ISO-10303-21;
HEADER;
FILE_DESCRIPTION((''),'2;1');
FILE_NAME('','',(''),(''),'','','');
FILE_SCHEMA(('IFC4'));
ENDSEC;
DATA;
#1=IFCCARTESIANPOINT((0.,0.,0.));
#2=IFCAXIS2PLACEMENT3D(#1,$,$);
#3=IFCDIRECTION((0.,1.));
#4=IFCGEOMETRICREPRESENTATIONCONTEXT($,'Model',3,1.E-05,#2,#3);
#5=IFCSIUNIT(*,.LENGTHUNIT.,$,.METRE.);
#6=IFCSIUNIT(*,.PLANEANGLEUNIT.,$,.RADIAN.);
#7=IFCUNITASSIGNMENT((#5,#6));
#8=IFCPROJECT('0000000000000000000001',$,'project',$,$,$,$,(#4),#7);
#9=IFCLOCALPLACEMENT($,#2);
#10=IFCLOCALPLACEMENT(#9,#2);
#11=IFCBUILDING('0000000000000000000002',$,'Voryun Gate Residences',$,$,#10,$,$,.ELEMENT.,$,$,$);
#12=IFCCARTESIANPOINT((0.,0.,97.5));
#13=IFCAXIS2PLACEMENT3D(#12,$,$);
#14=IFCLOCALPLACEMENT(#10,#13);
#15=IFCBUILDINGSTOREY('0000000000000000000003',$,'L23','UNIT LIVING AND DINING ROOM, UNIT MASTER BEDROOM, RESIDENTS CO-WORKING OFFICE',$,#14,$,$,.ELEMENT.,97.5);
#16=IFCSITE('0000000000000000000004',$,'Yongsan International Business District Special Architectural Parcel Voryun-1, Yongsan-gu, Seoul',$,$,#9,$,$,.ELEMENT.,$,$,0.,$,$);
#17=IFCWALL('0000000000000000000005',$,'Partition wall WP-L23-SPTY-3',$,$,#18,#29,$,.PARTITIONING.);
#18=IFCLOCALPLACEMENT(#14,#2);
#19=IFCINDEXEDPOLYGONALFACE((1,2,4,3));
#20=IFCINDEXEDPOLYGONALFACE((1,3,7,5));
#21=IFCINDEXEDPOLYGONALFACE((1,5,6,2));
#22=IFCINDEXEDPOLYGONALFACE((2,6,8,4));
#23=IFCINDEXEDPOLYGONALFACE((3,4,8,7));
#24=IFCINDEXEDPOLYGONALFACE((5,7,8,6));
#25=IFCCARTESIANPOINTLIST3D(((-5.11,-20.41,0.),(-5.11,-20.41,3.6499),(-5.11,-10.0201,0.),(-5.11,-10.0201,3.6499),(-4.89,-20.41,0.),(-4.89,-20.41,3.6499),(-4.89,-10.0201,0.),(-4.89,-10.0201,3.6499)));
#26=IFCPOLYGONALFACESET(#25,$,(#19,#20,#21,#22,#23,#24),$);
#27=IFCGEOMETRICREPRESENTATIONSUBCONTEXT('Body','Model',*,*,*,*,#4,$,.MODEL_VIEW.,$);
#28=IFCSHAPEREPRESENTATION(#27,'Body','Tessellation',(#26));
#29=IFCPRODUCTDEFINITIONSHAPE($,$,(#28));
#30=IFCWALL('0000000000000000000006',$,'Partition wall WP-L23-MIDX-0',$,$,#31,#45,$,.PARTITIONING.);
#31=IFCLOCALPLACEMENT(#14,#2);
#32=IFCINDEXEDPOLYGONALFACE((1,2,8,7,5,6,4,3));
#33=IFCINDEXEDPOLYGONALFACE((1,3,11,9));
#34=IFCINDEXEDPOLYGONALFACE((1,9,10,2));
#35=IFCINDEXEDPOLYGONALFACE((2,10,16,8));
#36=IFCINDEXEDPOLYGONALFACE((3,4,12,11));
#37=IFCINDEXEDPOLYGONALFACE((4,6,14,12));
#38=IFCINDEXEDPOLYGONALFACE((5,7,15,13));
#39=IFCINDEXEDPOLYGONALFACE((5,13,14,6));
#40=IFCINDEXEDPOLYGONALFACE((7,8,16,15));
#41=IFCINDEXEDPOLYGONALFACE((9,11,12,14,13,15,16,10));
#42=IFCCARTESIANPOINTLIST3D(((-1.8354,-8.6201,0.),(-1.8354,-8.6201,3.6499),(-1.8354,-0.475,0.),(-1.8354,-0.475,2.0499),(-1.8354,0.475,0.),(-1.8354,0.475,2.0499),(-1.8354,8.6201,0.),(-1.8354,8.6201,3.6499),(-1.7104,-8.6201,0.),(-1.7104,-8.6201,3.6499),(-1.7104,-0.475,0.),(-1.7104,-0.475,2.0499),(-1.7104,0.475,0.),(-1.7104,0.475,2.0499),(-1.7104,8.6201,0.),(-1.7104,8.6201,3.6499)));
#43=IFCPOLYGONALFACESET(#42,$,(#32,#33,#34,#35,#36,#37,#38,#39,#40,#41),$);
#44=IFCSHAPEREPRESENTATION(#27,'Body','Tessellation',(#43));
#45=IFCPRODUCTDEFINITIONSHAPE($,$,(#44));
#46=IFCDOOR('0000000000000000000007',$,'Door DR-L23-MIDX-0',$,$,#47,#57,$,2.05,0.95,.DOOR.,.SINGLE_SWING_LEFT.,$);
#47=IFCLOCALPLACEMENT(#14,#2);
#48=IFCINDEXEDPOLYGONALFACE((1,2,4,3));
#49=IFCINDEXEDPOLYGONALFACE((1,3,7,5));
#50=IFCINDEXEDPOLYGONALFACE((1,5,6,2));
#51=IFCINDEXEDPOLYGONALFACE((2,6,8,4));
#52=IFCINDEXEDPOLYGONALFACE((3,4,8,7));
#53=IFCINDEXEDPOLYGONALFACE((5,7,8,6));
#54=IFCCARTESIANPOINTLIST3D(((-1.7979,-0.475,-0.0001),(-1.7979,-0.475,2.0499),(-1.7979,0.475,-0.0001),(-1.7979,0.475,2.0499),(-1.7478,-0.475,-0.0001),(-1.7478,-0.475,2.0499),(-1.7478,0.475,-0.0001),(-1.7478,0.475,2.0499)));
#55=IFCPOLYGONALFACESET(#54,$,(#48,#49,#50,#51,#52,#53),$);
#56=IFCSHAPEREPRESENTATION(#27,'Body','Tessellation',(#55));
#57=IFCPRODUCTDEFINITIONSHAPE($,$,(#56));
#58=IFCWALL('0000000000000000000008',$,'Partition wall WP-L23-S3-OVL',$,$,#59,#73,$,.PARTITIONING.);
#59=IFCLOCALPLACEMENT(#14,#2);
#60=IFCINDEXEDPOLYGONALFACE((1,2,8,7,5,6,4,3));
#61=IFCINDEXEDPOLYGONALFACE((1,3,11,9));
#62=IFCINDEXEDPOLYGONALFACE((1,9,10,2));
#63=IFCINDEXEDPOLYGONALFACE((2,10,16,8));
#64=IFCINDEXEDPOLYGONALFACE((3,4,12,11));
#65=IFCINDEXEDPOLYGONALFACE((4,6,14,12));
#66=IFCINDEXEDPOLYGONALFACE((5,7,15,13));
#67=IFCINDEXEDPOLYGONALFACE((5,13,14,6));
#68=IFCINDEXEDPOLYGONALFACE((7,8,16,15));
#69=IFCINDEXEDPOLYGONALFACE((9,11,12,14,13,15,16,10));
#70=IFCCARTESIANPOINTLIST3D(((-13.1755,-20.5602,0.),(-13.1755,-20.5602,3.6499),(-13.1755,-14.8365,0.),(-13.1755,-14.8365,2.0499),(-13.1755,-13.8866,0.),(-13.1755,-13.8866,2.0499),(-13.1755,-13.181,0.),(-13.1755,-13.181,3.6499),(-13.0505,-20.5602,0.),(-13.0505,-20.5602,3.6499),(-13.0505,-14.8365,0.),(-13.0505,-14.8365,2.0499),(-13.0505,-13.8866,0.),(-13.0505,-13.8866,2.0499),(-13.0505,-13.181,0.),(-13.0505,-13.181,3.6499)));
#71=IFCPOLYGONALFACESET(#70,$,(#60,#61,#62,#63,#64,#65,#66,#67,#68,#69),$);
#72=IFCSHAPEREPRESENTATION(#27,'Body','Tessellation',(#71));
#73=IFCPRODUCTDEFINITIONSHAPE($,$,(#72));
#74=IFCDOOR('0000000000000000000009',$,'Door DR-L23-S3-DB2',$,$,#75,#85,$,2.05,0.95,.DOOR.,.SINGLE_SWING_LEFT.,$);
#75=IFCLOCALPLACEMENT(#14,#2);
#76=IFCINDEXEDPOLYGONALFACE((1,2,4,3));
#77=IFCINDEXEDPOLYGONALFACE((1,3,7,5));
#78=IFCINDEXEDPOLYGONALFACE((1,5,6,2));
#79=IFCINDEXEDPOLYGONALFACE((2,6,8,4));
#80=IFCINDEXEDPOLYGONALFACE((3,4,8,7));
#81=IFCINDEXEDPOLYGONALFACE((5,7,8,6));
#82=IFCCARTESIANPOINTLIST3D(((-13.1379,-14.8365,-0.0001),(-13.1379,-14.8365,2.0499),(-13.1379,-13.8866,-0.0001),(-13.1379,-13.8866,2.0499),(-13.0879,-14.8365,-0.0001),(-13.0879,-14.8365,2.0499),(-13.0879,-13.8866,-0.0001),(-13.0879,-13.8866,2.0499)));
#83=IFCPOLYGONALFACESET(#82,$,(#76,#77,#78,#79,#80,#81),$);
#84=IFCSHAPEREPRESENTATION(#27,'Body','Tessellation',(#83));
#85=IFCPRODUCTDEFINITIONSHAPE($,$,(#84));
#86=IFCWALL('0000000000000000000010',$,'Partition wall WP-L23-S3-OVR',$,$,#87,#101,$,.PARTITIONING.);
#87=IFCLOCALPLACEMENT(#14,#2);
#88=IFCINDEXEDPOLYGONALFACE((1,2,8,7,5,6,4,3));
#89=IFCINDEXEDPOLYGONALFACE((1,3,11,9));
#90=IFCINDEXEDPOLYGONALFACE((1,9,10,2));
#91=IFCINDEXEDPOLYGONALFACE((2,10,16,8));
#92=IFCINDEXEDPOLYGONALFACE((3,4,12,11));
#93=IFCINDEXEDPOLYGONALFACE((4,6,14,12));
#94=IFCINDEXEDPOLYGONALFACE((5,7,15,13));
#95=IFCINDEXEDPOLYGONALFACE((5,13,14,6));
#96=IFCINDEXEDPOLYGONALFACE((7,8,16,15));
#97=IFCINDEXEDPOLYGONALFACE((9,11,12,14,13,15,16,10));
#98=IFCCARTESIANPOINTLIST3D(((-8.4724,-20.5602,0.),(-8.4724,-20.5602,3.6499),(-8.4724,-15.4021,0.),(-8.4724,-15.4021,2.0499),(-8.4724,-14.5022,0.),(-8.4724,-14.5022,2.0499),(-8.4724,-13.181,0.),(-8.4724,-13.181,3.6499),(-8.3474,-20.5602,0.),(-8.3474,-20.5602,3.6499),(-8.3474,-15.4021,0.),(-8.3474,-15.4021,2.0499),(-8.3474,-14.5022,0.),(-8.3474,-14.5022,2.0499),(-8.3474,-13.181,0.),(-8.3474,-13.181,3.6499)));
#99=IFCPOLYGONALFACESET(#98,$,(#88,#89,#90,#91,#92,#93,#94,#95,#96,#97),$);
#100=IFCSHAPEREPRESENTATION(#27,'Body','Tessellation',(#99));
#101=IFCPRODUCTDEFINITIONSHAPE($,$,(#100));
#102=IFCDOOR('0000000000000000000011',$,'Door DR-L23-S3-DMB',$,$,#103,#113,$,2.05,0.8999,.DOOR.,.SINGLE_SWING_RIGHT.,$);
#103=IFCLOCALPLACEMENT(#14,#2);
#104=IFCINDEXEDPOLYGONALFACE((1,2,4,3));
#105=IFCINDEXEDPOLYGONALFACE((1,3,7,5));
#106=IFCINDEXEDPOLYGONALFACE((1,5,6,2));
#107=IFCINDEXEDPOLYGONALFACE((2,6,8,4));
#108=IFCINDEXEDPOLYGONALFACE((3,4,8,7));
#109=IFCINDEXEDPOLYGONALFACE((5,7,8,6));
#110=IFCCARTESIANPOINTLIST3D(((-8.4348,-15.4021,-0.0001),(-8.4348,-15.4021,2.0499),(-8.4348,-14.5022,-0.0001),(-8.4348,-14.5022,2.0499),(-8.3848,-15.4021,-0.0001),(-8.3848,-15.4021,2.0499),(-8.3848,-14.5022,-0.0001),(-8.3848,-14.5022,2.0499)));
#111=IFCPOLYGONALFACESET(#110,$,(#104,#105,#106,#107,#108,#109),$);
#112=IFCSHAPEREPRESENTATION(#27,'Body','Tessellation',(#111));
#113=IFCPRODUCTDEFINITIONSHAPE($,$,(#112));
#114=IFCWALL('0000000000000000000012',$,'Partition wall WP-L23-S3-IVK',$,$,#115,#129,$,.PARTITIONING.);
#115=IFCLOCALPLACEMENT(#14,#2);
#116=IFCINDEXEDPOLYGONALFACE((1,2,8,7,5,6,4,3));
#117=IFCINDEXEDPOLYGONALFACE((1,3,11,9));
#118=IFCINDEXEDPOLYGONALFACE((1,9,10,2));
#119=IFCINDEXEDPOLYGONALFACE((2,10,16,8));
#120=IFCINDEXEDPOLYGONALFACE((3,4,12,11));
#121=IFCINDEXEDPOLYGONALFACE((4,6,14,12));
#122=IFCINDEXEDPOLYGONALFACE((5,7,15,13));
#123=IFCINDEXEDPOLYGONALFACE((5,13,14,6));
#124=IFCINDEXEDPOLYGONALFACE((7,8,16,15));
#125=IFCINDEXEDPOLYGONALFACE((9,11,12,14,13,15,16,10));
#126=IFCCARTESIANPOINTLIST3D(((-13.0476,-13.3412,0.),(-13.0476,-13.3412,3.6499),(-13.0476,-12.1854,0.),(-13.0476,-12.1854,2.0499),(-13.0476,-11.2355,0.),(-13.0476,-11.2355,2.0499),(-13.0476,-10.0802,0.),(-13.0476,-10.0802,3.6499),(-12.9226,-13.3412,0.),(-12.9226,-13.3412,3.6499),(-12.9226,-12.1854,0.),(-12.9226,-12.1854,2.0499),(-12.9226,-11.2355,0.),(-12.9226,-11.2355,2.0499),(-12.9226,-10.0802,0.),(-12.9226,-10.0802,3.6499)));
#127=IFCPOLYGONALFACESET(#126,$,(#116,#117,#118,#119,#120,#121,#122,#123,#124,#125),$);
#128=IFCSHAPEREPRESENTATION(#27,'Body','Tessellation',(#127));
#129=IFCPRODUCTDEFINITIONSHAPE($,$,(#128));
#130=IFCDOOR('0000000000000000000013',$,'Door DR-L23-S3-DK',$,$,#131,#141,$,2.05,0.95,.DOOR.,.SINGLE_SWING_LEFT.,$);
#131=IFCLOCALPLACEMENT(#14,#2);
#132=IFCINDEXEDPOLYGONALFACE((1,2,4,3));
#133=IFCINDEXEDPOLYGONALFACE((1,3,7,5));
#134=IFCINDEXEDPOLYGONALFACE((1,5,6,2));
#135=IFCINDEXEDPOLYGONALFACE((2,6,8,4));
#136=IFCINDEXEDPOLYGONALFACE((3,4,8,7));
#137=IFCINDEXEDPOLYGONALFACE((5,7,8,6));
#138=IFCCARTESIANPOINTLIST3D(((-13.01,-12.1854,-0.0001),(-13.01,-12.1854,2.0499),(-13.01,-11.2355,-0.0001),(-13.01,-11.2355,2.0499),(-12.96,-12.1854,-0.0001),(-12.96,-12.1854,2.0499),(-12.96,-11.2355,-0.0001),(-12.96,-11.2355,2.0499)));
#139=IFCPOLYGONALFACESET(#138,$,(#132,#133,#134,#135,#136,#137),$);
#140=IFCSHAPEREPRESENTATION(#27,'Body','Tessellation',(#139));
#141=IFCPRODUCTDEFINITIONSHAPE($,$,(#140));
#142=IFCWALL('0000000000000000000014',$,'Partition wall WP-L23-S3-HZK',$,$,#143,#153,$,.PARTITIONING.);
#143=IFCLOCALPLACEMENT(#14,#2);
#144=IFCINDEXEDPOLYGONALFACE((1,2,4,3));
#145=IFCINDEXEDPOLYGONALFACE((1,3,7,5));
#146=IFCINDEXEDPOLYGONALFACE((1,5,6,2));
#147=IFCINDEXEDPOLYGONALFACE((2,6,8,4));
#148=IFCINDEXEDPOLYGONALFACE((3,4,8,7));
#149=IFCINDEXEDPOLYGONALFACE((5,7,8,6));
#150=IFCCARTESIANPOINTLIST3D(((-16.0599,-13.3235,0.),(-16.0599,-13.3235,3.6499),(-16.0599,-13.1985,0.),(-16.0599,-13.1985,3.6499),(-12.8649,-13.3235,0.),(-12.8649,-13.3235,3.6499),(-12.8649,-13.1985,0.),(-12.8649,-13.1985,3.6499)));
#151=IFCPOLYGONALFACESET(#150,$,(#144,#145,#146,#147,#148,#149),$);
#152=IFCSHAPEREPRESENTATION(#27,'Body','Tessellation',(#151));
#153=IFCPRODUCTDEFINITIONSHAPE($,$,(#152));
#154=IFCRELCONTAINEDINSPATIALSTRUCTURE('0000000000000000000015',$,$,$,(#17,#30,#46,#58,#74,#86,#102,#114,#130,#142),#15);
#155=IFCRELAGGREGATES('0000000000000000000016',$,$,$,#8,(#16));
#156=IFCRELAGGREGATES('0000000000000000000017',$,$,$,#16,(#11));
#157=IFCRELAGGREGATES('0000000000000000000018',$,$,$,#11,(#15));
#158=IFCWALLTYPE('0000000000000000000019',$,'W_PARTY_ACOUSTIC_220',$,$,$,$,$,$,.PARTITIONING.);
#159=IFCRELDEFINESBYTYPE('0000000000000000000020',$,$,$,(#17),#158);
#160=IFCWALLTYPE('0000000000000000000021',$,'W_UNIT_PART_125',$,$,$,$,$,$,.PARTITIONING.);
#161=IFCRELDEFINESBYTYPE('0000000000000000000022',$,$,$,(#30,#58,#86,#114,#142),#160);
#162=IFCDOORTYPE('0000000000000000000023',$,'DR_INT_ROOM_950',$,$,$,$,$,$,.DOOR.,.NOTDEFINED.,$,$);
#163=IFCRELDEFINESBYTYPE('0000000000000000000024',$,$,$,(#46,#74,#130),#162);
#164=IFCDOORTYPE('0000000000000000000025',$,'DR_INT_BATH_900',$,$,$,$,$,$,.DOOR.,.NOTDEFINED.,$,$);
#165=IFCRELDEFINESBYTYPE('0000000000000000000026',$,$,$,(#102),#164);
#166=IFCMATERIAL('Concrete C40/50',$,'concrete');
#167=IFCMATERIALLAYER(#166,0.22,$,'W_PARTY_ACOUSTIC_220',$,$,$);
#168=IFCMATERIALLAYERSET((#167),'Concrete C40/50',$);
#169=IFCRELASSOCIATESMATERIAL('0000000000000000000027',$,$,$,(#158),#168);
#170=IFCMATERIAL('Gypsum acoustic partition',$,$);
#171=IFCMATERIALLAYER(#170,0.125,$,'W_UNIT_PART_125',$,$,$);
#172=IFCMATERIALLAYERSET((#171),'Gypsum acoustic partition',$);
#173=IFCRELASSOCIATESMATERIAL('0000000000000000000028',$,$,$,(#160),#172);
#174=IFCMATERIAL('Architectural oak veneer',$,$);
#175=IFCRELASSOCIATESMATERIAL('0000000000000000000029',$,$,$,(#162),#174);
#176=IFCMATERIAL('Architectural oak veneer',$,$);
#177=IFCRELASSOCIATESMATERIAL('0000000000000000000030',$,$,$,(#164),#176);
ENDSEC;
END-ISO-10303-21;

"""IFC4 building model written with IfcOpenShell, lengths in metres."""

from ifc_helpers import new_model, si_unit, direction, frame, frame_2d, origin, place, context, subcontext, project, spatial, rectangle, extrude, material, layer, layer_set, type_object, element, fill, save


model = new_model("IFC4")

# Units and contexts
model_context = context("Model", 3, precision=1e-05, world=origin(), true_north=direction((0.0, 1.0)))
body_context = subcontext(model_context, "Body", "Model", "MODEL_VIEW")
ifc_project = project(units=[si_unit("LENGTHUNIT", "METRE"), si_unit("PLANEANGLEUNIT", "RADIAN")], contexts=[model_context])

# Site, building, storey
site_placement = place(None, origin())
site = spatial("IfcSite", under=ifc_project, at=site_placement, Name="Yongsan International Business District Special Architectural Parcel Voryun-1, Yongsan-gu, Seoul", CompositionType="ELEMENT", RefElevation=0.0)
building_placement = place(site_placement, origin())
building = spatial("IfcBuilding", under=site, at=building_placement, Name="Voryun Gate Residences", CompositionType="ELEMENT")
storey_placement = place(building_placement, frame((0.0, 0.0, 97.5)))
storey = spatial("IfcBuildingStorey", under=building, at=storey_placement, Name="L23", Description="UNIT LIVING AND DINING ROOM, UNIT MASTER BEDROOM, RESIDENTS CO-WORKING OFFICE", CompositionType="ELEMENT", Elevation=97.5)

# Wall
ifc_material_1 = material(Name="Concrete C40/50", Category="concrete")
ifc_layer_1 = layer(ifc_material_1, 0.22, Name="W_PARTY_ACOUSTIC_220")
ifc_layer_set_1 = layer_set([ifc_layer_1], Name="Concrete C40/50")
wall_type_1 = type_object("IfcWallType", Name="W_PARTY_ACOUSTIC_220", PredefinedType="PARTITIONING", material=ifc_layer_set_1)
for number, where, z_axis, x_axis, name in (
    (1, (-5.0, -20.4099, 0.0), (0.0, 0.0, 1.0), (0.0, 1.0, 0.0), "Partition wall WP-L23-SPTY-3"),
):
    element("IfcWall", number, at=place(storey_placement, frame(where, z_axis=z_axis, x_axis=x_axis)), inside=storey, type_object=wall_type_1, Name=name, PredefinedType="PARTITIONING", context=body_context, shape_type="SweptSolid", body=[
        extrude(rectangle(XDim=10.3899, YDim=0.22, at=frame_2d((5.1948, 0.0))), origin(), (0.0, 0.0, 1.0), 3.6499),
    ])

# Walls, openings, doors
ifc_material_2 = material(Name="Gypsum acoustic partition")
ifc_layer_2 = layer(ifc_material_2, 0.125, Name="W_UNIT_PART_125")
ifc_layer_set_2 = layer_set([ifc_layer_2], Name="Gypsum acoustic partition")
wall_type_2 = type_object("IfcWallType", Name="W_UNIT_PART_125", PredefinedType="PARTITIONING", material=ifc_layer_set_2)
wall_1_placement = place(storey_placement, frame((-1.7729, -8.6201, 0.0), z_axis=(0.0, 0.0, 1.0), x_axis=(0.0, 1.0, 0.0)))
wall_1 = element("IfcWall", 2, at=wall_1_placement, inside=storey, type_object=wall_type_2, Name="Partition wall WP-L23-MIDX-0", PredefinedType="PARTITIONING", context=body_context, shape_type="SweptSolid", body=[
    extrude(rectangle(XDim=17.2402, YDim=0.125, at=frame_2d((8.6201, 0.0))), origin(), (0.0, 0.0, 1.0), 3.6499),
])
opening_1_placement = place(wall_1_placement, frame((8.145, 0.0, 0.0)))
opening_1 = element("IfcOpeningElement", 3, at=opening_1_placement, cuts=wall_1, PredefinedType="OPENING", context=body_context, shape_type="SweptSolid", body=[
    extrude(rectangle(XDim=0.95, YDim=2.05, at=frame_2d((0.4751, 1.0249))), frame((0.0, 0.0725, 0.0), z_axis=(0.0, -1.0, 0.0), x_axis=(1.0, 0.0, 0.0)), (0.0, 0.0, 1.0), 0.145),
])
ifc_material_3 = material(Name="Architectural oak veneer")
door_type_1 = type_object("IfcDoorType", Name="DR_INT_ROOM_950", OperationType="NOTDEFINED", PredefinedType="DOOR", material=ifc_material_3)
door_1_placement = place(opening_1_placement, origin())
door_1 = element("IfcDoor", 4, at=door_1_placement, inside=storey, type_object=door_type_1, Name="Door DR-L23-MIDX-0", OperationType="SINGLE_SWING_LEFT", OverallHeight=2.05, OverallWidth=0.95, PredefinedType="DOOR", context=body_context, shape_type="SweptSolid", body=[
    extrude(rectangle(XDim=0.95, YDim=2.05, at=frame_2d((0.4751, 1.0249))), frame((0.0, 0.0249, 0.0), z_axis=(0.0, -1.0, 0.0), x_axis=(1.0, 0.0, 0.0)), (0.0, 0.0, 1.0), 0.05),
])
fill(opening_1, door_1)
wall_2_placement = place(storey_placement, frame((-13.113, -20.5601, 0.0), z_axis=(0.0, 0.0, 1.0), x_axis=(0.0, 1.0, 0.0)))
wall_2 = element("IfcWall", 5, at=wall_2_placement, inside=storey, type_object=wall_type_2, Name="Partition wall WP-L23-S3-OVL", PredefinedType="PARTITIONING", context=body_context, shape_type="SweptSolid", body=[
    extrude(rectangle(XDim=7.3792, YDim=0.125, at=frame_2d((3.6895, 0.0))), origin(), (0.0, 0.0, 1.0), 3.6499),
])
opening_2_placement = place(wall_2_placement, frame((5.7234, 0.0, 0.0)))
opening_2 = element("IfcOpeningElement", 6, at=opening_2_placement, cuts=wall_2, PredefinedType="OPENING", context=body_context, shape_type="SweptSolid", body=[
    extrude(rectangle(XDim=0.95, YDim=2.05, at=frame_2d((0.4751, 1.0249))), frame((0.0, 0.0725, 0.0), z_axis=(0.0, -1.0, 0.0), x_axis=(1.0, 0.0, 0.0)), (0.0, 0.0, 1.0), 0.145),
])
door_2_placement = place(opening_2_placement, origin())
door_2 = element("IfcDoor", 7, at=door_2_placement, inside=storey, type_object=door_type_1, Name="Door DR-L23-S3-DB2", OperationType="SINGLE_SWING_LEFT", OverallHeight=2.05, OverallWidth=0.95, PredefinedType="DOOR", context=body_context, shape_type="SweptSolid", body=[
    extrude(rectangle(XDim=0.95, YDim=2.05, at=frame_2d((0.4751, 1.0249))), frame((0.0, 0.0249, 0.0), z_axis=(0.0, -1.0, 0.0), x_axis=(1.0, 0.0, 0.0)), (0.0, 0.0, 1.0), 0.05),
])
fill(opening_2, door_2)
wall_3_placement = place(storey_placement, frame((-8.4099, -20.5601, 0.0), z_axis=(0.0, 0.0, 1.0), x_axis=(0.0, 1.0, 0.0)))
wall_3 = element("IfcWall", 8, at=wall_3_placement, inside=storey, type_object=wall_type_2, Name="Partition wall WP-L23-S3-OVR", PredefinedType="PARTITIONING", context=body_context, shape_type="SweptSolid", body=[
    extrude(rectangle(XDim=7.3792, YDim=0.125, at=frame_2d((3.6895, 0.0))), origin(), (0.0, 0.0, 1.0), 3.6499),
])
opening_3_placement = place(wall_3_placement, frame((5.158, 0.0, 0.0)))
opening_3 = element("IfcOpeningElement", 9, at=opening_3_placement, cuts=wall_3, PredefinedType="OPENING", context=body_context, shape_type="SweptSolid", body=[
    extrude(rectangle(XDim=0.8999, YDim=2.05, at=frame_2d((0.45, 1.0249))), frame((0.0, 0.0725, 0.0), z_axis=(0.0, -1.0, 0.0), x_axis=(1.0, 0.0, 0.0)), (0.0, 0.0, 1.0), 0.145),
])
ifc_material_4 = material(Name="Architectural oak veneer")
door_type_2 = type_object("IfcDoorType", Name="DR_INT_BATH_900", OperationType="NOTDEFINED", PredefinedType="DOOR", material=ifc_material_4)
door_3_placement = place(opening_3_placement, origin())
door_3 = element("IfcDoor", 10, at=door_3_placement, inside=storey, type_object=door_type_2, Name="Door DR-L23-S3-DMB", OperationType="SINGLE_SWING_RIGHT", OverallHeight=2.05, OverallWidth=0.8999, PredefinedType="DOOR", context=body_context, shape_type="SweptSolid", body=[
    extrude(rectangle(XDim=0.8999, YDim=2.05, at=frame_2d((0.45, 1.0249))), frame((0.0, 0.0249, 0.0), z_axis=(0.0, -1.0, 0.0), x_axis=(1.0, 0.0, 0.0)), (0.0, 0.0, 1.0), 0.05),
])
fill(opening_3, door_3)
wall_4_placement = place(storey_placement, frame((-12.9851, -13.3411, 0.0), z_axis=(0.0, 0.0, 1.0), x_axis=(0.0, 1.0, 0.0)))
wall_4 = element("IfcWall", 11, at=wall_4_placement, inside=storey, type_object=wall_type_2, Name="Partition wall WP-L23-S3-IVK", PredefinedType="PARTITIONING", context=body_context, shape_type="SweptSolid", body=[
    extrude(rectangle(XDim=3.261, YDim=0.125, at=frame_2d((1.6304, 0.0))), origin(), (0.0, 0.0, 1.0), 3.6499),
])
opening_4_placement = place(wall_4_placement, frame((1.1555, 0.0, 0.0)))
opening_4 = element("IfcOpeningElement", 12, at=opening_4_placement, cuts=wall_4, PredefinedType="OPENING", context=body_context, shape_type="SweptSolid", body=[
    extrude(rectangle(XDim=0.95, YDim=2.05, at=frame_2d((0.4751, 1.0249))), frame((0.0, 0.0725, 0.0), z_axis=(0.0, -1.0, 0.0), x_axis=(1.0, 0.0, 0.0)), (0.0, 0.0, 1.0), 0.145),
])
door_4_placement = place(opening_4_placement, origin())
door_4 = element("IfcDoor", 13, at=door_4_placement, inside=storey, type_object=door_type_1, Name="Door DR-L23-S3-DK", OperationType="SINGLE_SWING_LEFT", OverallHeight=2.05, OverallWidth=0.95, PredefinedType="DOOR", context=body_context, shape_type="SweptSolid", body=[
    extrude(rectangle(XDim=0.95, YDim=2.05, at=frame_2d((0.4751, 1.0249))), frame((0.0, 0.0249, 0.0), z_axis=(0.0, -1.0, 0.0), x_axis=(1.0, 0.0, 0.0)), (0.0, 0.0, 1.0), 0.05),
])
fill(opening_4, door_4)

# Wall
wall_5_placement = place(storey_placement, frame((-16.0601, -13.261, 0.0), z_axis=(0.0, 0.0, 1.0), x_axis=(1.0, 0.0, 0.0)))
element("IfcWall", 14, at=wall_5_placement, inside=storey, type_object=wall_type_2, Name="Partition wall WP-L23-S3-HZK", PredefinedType="PARTITIONING", context=body_context, shape_type="SweptSolid", body=[
    extrude(rectangle(XDim=3.1951, YDim=0.125, at=frame_2d((1.5977, 0.0))), origin(), (0.0, 0.0, 1.0), 3.6499),
])

save(model, "model.ifc")
